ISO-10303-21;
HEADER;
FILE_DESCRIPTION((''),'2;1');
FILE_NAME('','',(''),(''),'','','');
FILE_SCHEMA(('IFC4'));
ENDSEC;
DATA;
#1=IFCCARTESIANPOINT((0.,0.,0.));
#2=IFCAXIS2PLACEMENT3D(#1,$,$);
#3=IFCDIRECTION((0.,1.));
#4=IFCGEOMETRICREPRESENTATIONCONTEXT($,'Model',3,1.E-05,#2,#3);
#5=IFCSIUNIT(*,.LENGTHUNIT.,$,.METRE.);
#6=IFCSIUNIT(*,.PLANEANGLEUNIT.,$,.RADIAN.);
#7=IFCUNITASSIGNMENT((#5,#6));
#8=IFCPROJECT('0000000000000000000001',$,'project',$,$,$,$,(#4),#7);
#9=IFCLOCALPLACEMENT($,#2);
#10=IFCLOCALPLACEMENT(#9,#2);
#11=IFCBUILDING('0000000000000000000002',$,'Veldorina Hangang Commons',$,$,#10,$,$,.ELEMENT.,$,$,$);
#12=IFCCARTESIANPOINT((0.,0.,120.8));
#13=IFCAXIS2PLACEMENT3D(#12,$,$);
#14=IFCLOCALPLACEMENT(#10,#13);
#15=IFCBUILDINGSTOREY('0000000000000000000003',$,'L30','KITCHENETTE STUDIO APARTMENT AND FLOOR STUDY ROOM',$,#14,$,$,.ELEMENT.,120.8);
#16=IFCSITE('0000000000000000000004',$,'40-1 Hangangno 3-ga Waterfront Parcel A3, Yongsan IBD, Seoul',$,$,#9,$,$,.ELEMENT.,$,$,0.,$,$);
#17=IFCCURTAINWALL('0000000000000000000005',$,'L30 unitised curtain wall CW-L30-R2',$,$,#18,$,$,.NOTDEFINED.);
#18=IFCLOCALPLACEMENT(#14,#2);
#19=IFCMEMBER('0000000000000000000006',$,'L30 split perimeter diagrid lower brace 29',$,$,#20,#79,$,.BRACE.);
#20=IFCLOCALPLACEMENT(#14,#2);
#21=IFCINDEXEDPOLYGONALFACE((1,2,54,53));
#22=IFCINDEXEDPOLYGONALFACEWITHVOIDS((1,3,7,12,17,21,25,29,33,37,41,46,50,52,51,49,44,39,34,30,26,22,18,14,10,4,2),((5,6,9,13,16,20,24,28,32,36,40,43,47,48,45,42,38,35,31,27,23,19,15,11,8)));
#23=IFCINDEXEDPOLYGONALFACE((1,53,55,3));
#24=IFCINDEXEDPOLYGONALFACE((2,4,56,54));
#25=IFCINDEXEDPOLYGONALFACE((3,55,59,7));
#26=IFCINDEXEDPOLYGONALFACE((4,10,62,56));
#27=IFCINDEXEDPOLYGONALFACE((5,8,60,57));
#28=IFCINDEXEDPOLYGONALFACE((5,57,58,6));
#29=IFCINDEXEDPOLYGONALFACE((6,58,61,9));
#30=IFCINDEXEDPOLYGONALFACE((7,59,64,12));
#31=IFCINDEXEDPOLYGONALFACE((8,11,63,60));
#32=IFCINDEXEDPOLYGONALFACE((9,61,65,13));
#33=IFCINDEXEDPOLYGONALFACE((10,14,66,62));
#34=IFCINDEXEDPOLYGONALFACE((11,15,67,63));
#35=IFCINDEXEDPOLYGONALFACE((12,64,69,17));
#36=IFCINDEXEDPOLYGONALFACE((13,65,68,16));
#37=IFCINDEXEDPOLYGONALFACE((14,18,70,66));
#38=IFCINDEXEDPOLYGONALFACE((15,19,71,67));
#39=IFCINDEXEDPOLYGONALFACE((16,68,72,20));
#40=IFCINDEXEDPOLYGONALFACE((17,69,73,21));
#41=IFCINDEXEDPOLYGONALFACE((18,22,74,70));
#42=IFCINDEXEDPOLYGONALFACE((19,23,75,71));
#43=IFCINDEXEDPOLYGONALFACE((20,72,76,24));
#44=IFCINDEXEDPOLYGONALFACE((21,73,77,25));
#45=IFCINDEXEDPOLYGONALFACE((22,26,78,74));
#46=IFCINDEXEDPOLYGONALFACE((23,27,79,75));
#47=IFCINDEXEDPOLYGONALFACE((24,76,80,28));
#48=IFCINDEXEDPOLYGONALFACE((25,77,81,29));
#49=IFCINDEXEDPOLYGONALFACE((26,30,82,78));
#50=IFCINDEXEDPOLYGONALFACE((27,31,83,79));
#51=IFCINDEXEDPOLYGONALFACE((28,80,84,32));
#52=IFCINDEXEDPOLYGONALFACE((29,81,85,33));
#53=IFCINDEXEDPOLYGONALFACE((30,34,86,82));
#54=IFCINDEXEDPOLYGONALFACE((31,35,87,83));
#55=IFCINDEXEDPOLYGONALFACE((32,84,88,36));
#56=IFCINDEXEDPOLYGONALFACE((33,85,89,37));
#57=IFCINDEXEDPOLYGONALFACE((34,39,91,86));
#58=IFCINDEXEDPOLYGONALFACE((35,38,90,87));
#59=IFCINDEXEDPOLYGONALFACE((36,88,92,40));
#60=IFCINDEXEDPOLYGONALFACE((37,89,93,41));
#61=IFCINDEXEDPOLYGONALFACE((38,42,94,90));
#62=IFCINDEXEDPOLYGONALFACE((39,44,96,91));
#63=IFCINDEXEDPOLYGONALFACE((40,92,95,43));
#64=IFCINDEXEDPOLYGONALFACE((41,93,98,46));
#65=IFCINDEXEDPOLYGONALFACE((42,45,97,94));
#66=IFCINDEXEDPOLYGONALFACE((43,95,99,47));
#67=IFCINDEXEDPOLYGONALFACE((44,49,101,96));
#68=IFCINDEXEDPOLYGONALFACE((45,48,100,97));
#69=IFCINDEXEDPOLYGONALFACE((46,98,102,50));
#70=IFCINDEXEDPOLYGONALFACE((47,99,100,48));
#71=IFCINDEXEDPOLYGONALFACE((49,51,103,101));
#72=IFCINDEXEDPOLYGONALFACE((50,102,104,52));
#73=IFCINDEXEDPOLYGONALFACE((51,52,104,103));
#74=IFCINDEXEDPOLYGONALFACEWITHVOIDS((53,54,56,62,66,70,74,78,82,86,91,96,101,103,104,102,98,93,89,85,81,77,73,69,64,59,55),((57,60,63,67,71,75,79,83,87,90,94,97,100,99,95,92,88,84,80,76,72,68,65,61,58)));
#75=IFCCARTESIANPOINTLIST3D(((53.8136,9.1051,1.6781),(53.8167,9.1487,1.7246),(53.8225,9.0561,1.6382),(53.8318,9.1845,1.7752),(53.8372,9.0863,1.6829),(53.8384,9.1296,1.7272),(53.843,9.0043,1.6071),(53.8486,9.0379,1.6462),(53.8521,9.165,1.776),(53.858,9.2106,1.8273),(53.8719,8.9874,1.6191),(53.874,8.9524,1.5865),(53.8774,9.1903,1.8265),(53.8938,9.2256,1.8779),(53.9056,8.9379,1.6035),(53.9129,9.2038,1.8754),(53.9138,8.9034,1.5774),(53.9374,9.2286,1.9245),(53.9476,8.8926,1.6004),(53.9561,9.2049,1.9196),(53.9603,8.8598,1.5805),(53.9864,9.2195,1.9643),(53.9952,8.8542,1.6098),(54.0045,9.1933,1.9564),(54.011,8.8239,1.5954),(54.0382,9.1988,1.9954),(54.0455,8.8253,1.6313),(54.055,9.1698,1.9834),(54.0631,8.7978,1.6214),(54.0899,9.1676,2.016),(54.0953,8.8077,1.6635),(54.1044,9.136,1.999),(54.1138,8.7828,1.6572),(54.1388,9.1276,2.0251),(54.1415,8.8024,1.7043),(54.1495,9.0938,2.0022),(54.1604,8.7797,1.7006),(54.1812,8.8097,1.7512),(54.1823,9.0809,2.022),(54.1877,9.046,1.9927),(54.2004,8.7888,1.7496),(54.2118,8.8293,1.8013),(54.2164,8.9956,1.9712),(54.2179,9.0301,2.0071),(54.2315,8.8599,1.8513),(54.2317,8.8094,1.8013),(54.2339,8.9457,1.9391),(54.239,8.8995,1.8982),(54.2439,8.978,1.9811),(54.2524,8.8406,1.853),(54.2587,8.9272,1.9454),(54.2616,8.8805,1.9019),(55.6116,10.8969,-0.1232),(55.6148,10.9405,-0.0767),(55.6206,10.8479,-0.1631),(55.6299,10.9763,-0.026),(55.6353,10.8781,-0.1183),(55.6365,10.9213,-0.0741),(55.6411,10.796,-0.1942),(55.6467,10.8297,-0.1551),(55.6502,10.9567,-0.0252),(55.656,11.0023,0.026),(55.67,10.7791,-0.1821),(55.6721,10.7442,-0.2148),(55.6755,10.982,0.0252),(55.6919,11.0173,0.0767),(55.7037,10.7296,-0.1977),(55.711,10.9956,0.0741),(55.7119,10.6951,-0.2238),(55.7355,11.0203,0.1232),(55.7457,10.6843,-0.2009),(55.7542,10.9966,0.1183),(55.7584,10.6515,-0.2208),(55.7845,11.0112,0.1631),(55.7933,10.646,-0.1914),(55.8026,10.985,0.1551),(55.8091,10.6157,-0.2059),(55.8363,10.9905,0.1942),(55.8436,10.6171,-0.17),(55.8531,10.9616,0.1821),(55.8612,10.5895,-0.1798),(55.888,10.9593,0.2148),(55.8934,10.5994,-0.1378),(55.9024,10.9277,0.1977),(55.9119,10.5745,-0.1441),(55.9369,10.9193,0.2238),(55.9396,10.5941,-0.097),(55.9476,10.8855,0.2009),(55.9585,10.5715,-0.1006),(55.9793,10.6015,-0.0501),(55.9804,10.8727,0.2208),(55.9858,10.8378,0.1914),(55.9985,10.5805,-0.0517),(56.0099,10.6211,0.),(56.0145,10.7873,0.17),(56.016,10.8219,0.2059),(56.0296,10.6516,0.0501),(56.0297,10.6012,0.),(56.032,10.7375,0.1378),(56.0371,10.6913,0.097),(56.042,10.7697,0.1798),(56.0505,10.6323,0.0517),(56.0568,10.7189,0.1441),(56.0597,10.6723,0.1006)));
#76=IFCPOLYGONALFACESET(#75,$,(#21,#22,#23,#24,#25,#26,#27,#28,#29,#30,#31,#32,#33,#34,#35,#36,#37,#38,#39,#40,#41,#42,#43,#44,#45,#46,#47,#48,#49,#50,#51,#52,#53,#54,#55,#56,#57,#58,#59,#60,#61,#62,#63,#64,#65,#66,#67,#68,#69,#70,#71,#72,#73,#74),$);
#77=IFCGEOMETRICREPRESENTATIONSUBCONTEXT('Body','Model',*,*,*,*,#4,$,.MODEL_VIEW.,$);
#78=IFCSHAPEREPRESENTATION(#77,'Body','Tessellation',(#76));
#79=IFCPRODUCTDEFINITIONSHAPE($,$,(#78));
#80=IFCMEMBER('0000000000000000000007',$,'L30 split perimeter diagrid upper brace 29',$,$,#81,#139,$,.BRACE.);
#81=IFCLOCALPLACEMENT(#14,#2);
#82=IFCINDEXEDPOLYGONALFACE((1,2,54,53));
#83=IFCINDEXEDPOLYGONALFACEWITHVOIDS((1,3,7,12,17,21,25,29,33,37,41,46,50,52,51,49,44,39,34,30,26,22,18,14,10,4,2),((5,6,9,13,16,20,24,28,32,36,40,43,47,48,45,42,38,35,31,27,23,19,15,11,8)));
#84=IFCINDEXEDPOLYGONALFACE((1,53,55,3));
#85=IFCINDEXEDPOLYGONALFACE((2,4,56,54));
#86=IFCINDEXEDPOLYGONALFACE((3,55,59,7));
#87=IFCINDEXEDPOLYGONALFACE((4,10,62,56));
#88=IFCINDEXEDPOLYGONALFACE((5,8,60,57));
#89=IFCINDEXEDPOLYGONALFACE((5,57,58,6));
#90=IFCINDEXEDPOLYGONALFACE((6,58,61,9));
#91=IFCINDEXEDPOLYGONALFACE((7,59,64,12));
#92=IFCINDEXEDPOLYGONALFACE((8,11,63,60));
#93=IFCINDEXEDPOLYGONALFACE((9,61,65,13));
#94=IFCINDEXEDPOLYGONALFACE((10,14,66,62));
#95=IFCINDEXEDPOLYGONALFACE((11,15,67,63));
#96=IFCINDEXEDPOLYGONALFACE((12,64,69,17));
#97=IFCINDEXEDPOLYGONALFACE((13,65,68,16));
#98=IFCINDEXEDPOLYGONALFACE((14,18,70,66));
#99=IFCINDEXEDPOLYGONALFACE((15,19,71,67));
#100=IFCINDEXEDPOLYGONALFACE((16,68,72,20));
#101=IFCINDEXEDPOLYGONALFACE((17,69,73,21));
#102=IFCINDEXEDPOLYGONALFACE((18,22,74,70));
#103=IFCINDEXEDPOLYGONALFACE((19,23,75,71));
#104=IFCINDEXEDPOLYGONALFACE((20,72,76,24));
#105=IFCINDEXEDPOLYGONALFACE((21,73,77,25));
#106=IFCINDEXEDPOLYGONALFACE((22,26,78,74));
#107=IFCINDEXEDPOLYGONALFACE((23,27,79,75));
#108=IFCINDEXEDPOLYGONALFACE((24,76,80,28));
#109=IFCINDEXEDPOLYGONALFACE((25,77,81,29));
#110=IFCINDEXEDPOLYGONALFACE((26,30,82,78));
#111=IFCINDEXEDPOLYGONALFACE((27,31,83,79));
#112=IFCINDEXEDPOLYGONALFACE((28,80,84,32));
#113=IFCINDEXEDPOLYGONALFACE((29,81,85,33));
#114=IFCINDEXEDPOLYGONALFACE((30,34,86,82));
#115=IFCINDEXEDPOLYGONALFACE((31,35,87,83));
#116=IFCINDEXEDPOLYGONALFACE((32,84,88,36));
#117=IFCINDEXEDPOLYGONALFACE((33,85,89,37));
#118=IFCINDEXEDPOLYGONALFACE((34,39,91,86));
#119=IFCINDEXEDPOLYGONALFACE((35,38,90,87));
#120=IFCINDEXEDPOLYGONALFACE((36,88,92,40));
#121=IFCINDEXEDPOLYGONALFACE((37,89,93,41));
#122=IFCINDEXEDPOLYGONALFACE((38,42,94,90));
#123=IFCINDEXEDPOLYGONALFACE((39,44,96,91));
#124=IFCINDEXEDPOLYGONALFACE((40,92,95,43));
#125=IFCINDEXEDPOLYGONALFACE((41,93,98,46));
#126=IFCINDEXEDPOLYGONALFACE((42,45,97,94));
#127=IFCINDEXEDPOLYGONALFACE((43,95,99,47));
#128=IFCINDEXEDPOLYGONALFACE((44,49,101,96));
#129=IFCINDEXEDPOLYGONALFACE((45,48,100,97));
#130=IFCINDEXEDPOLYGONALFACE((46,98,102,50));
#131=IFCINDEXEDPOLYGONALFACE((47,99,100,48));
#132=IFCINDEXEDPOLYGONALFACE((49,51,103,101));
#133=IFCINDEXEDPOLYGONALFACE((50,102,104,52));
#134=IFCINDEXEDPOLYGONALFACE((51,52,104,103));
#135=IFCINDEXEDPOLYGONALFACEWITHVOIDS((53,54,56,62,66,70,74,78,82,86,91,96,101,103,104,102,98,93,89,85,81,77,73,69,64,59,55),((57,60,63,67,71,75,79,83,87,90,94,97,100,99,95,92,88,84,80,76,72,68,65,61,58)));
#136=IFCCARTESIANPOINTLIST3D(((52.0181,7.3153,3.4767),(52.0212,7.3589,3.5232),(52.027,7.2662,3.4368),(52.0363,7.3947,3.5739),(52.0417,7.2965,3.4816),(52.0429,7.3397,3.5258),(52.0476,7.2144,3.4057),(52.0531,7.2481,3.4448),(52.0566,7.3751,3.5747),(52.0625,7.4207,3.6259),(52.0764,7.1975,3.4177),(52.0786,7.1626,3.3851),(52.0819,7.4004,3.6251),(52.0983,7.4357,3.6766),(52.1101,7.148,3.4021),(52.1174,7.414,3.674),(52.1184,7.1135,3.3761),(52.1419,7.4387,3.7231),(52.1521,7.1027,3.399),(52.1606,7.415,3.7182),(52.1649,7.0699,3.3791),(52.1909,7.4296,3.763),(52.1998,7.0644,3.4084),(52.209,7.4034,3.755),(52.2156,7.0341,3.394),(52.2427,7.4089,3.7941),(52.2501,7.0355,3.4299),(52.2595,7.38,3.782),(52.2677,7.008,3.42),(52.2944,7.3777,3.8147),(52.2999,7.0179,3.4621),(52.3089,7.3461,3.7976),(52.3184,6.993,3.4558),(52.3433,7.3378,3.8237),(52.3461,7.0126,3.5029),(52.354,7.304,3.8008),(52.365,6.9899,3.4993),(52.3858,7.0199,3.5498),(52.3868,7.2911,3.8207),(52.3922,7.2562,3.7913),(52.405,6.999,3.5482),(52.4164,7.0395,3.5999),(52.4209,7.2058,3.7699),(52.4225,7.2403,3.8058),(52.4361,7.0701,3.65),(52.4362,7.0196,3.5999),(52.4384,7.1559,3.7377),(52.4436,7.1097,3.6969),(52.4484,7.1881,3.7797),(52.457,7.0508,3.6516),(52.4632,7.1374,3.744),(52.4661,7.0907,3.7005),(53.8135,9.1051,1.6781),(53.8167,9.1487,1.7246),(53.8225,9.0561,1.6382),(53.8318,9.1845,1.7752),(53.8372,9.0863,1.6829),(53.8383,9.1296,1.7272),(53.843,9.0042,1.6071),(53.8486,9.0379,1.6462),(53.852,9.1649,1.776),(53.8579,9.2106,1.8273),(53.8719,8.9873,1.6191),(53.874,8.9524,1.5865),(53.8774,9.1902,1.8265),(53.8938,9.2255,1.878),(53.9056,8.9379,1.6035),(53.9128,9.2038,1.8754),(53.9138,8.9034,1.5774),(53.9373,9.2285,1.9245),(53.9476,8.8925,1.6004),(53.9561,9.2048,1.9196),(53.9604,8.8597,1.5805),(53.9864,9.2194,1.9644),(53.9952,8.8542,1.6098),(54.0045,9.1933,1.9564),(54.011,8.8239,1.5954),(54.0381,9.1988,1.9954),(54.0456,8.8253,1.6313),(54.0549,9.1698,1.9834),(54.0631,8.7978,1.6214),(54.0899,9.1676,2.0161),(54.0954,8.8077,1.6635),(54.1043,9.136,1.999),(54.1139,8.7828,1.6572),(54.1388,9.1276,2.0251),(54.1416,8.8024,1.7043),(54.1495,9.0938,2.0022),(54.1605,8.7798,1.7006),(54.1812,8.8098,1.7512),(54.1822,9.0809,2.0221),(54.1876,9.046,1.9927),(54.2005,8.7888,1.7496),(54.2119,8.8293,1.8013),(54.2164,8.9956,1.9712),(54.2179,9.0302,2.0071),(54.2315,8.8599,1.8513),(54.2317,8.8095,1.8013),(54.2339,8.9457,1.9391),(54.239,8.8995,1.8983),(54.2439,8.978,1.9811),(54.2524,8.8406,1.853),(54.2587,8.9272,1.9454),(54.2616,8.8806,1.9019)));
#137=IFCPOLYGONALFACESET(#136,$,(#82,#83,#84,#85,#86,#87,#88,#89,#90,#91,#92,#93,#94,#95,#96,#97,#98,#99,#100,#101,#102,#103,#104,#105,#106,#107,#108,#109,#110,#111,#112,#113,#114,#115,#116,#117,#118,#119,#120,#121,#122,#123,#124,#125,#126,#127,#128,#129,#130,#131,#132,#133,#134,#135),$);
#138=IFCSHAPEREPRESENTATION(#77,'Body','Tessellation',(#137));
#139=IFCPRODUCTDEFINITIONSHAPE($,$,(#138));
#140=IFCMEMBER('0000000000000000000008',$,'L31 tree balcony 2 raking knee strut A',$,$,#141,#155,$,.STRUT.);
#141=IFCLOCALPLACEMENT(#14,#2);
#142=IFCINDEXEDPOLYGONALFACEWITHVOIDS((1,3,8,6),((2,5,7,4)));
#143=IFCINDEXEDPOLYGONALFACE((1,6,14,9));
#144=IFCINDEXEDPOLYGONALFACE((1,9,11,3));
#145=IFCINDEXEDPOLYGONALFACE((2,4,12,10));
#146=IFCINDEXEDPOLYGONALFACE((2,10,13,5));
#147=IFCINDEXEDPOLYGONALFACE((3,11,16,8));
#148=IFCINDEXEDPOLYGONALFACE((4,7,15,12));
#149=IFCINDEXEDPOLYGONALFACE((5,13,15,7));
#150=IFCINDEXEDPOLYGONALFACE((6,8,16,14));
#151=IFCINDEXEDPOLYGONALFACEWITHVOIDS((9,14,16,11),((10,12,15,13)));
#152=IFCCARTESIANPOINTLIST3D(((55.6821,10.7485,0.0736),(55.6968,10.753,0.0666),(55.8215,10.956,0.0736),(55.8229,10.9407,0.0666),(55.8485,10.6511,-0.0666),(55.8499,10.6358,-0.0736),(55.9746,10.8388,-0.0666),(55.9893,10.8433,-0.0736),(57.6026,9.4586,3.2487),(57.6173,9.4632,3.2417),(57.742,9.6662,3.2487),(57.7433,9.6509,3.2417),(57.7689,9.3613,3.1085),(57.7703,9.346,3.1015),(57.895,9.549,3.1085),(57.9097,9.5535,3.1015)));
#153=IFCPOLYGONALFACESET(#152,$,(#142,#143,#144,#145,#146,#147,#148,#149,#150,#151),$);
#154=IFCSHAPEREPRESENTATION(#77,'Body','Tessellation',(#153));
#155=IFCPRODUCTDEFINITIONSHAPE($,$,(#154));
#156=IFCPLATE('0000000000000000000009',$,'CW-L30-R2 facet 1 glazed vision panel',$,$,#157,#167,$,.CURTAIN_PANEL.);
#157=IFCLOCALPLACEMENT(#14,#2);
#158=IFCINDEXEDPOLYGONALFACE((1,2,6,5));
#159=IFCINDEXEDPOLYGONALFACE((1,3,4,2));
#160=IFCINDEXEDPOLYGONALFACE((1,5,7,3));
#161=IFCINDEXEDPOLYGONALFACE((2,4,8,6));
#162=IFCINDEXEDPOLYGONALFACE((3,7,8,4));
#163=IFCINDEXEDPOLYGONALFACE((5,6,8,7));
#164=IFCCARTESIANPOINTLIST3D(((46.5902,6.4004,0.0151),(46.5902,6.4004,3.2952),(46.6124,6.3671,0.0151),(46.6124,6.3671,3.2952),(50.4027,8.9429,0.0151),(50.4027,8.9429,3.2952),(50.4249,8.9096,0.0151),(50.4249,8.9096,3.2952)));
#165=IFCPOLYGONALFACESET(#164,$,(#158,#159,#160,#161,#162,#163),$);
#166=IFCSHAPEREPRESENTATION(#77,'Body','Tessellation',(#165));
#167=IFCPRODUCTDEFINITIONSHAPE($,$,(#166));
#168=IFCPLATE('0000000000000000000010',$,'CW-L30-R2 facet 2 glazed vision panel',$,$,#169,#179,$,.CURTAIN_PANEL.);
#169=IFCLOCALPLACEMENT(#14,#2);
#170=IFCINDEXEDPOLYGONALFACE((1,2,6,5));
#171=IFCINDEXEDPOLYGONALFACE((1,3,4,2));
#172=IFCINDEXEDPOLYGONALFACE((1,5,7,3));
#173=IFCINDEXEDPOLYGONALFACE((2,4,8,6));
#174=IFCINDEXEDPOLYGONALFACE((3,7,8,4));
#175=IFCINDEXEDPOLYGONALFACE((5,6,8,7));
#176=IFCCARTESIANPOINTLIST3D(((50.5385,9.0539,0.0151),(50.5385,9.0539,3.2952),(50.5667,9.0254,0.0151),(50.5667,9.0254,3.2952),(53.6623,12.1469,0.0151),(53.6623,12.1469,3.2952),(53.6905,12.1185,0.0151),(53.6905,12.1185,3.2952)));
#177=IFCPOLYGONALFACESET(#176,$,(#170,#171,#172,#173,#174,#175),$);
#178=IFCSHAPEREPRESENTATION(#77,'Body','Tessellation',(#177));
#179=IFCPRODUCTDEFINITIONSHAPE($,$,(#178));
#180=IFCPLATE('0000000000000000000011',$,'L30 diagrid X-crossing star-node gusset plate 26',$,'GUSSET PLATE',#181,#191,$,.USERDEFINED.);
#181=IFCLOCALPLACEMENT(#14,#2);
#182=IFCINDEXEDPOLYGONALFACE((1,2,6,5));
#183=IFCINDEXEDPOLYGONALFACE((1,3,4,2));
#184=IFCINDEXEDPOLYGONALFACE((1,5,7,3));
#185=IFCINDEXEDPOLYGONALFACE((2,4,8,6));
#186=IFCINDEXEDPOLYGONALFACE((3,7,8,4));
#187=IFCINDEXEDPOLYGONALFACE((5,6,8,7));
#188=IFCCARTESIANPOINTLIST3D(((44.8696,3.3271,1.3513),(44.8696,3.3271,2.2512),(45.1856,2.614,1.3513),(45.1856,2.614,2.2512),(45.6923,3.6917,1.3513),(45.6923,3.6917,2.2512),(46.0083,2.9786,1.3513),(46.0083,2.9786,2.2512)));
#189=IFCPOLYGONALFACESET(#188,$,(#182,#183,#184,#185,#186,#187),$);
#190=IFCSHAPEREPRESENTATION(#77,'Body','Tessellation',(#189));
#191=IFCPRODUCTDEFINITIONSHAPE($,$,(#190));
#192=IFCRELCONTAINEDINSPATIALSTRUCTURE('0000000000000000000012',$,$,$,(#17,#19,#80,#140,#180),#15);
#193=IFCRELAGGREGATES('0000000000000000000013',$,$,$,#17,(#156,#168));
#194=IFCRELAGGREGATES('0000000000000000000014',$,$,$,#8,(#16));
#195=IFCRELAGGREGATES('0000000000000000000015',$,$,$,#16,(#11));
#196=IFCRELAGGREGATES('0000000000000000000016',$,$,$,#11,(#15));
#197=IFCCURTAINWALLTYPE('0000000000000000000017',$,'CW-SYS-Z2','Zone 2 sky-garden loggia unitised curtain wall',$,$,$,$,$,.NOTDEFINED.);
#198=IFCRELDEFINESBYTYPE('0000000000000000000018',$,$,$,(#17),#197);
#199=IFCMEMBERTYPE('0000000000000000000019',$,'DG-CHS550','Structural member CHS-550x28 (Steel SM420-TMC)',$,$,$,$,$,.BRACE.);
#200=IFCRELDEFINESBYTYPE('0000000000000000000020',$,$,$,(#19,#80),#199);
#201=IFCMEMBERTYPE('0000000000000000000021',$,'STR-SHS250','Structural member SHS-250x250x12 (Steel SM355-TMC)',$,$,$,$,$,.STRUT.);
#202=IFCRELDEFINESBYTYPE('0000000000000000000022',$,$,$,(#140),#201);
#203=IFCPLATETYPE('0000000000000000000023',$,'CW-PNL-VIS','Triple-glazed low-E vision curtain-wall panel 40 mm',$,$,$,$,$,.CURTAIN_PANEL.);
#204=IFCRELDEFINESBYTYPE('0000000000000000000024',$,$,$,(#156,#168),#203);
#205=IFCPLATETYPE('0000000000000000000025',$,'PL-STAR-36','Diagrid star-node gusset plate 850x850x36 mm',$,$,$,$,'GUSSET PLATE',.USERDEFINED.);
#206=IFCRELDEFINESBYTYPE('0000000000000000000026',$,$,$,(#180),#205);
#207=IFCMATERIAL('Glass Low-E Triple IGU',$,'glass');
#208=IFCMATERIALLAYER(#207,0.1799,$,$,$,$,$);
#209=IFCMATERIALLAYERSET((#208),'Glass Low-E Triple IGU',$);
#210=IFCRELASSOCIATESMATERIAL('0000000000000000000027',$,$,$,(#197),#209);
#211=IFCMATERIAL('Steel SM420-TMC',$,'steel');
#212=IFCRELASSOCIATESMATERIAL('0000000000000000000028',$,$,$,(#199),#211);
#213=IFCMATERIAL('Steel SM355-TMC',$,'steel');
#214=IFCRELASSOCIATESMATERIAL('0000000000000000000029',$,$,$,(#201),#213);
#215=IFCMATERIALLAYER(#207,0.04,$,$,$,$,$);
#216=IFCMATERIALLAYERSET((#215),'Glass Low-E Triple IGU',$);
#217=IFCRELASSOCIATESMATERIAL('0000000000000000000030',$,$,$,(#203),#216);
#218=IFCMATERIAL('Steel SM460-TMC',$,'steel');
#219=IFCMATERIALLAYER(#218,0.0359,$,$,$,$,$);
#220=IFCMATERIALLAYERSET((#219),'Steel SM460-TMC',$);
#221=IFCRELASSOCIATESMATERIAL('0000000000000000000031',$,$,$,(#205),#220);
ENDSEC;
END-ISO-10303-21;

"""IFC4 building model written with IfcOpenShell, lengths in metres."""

from ifc_helpers import new_model, si_unit, direction, frame, origin, origin_2d, place, context, subcontext, project, spatial, rectangle, hollow_rectangle, hollow_circle, extrude, material, layer, layer_set, material_profile, profile_set, type_object, element, aggregate, save


model = new_model("IFC4")

# Units and contexts
model_context = context("Model", 3, precision=1e-05, world=origin(), true_north=direction((0.0, 1.0)))
body_context = subcontext(model_context, "Body", "Model", "MODEL_VIEW")
ifc_project = project(units=[si_unit("LENGTHUNIT", "METRE"), si_unit("PLANEANGLEUNIT", "RADIAN")], contexts=[model_context])

# Site, building, storey
site_placement = place(None, origin())
site = spatial("IfcSite", under=ifc_project, at=site_placement, Name="40-1 Hangangno 3-ga Waterfront Parcel A3, Yongsan IBD, Seoul", CompositionType="ELEMENT", RefElevation=0.0)
building_placement = place(site_placement, origin())
building = spatial("IfcBuilding", under=site, at=building_placement, Name="Veldorina Hangang Commons", CompositionType="ELEMENT")
storey_placement = place(building_placement, frame((0.0, 0.0, 120.8)))
storey = spatial("IfcBuildingStorey", under=building, at=storey_placement, Name="L30", Description="KITCHENETTE STUDIO APARTMENT AND FLOOR STUDY ROOM", CompositionType="ELEMENT", Elevation=120.8)

# Shared definitions
ifc_material_1 = material(Name="Steel SM355-TMC", Category="steel")
ifc_material_2 = material(Name="Steel SM420-TMC", Category="steel")

# Curtain wall
ifc_material_3 = material(Name="Glass Low-E Triple IGU", Category="glass")
ifc_layer_1 = layer(ifc_material_3, 0.1799)
ifc_layer_set_1 = layer_set([ifc_layer_1], Name="Glass Low-E Triple IGU")
curtain_wall_type = type_object("IfcCurtainWallType", Name="CW-SYS-Z2", Description="Zone 2 sky-garden loggia unitised curtain wall", PredefinedType="NOTDEFINED", material=ifc_layer_set_1)
curtain_wall_placement = place(storey_placement, origin())
curtain_wall = element("IfcCurtainWall", 1, at=curtain_wall_placement, inside=storey, type_object=curtain_wall_type, Name="L30 unitised curtain wall CW-L30-R2", PredefinedType="NOTDEFINED")

# Members
ifc_material_profile_1 = material_profile(ifc_material_2, hollow_circle(Radius=0.2749, WallThickness=0.0281, at=origin_2d()), Name="CHS-550x28")
ifc_profile_set_1 = profile_set([ifc_material_profile_1], Name="Steel SM420-TMC")
member_type_1 = type_object("IfcMemberType", Name="DG-CHS550", Description="Structural member CHS-550x28 (Steel SM420-TMC)", PredefinedType="BRACE", material=ifc_profile_set_1)
member_1_placement = place(storey_placement, frame((55.8357, 10.7959, 0.0), z_axis=(-0.577689, -0.575649, 0.578708), x_axis=(0.705855, -0.708356, 0.0)))
element("IfcMember", 2, at=member_1_placement, inside=storey, type_object=member_type_1, Name="L30 split perimeter diagrid lower brace 29", PredefinedType="BRACE", context=body_context, shape_type="SweptSolid", body=[
    extrude(hollow_circle(Radius=0.2749, WallThickness=0.0281, at=origin_2d()), origin(), (0.0, 0.0, 1.0), 3.1125),
])
member_2_placement = place(storey_placement, frame((54.0376, 9.0042, 1.8013), z_axis=(-0.577611, -0.575804, 0.578632), x_axis=(0.705998, -0.708213, 0.0)))
element("IfcMember", 3, at=member_2_placement, inside=storey, type_object=member_type_1, Name="L30 split perimeter diagrid upper brace 29", PredefinedType="BRACE", context=body_context, shape_type="SweptSolid", body=[
    extrude(hollow_circle(Radius=0.2749, WallThickness=0.0281, at=origin_2d()), origin(), (0.0, 0.0, 1.0), 3.1084),
])
ifc_material_profile_2 = material_profile(ifc_material_1, hollow_rectangle(XDim=0.25, YDim=0.25, WallThickness=0.012, at=origin_2d()), Name="SHS-250x250x12")
ifc_profile_set_2 = profile_set([ifc_material_profile_2], Name="Steel SM355-TMC")
member_type_2 = type_object("IfcMemberType", Name="STR-SHS250", Description="Structural member SHS-250x250x12 (Steel SM355-TMC)", PredefinedType="STRUT", material=ifc_profile_set_2)
member_3_placement = place(storey_placement, frame((55.8357, 10.7959, 0.0), z_axis=(0.488851, -0.328324, 0.808225), x_axis=(0.557546, 0.830146, 0.0)))
element("IfcMember", 4, at=member_3_placement, inside=storey, type_object=member_type_2, Name="L31 tree balcony 2 raking knee strut A", PredefinedType="STRUT", context=body_context, shape_type="SweptSolid", body=[
    extrude(hollow_rectangle(XDim=0.25, YDim=0.25, WallThickness=0.012, at=origin_2d()), origin(), (0.0, 0.0, 1.0), 3.9285),
])

# Plates
ifc_layer_2 = layer(ifc_material_3, 0.04)
ifc_layer_set_2 = layer_set([ifc_layer_2], Name="Glass Low-E Triple IGU")
plate_type_1 = type_object("IfcPlateType", Name="CW-PNL-VIS", Description="Triple-glazed low-E vision curtain-wall panel 40 mm", PredefinedType="CURTAIN_PANEL", material=ifc_layer_set_2)
plate_1_placement = place(storey_placement, frame((48.5076, 7.655, 0.0151), z_axis=(0.0, 0.0, 1.0), x_axis=(0.831964, 0.55483, 0.0)))
plate_1 = element("IfcPlate", 5, at=plate_1_placement, type_object=plate_type_1, Name="CW-L30-R2 facet 1 glazed vision panel", PredefinedType="CURTAIN_PANEL", context=body_context, shape_type="SweptSolid", body=[
    extrude(rectangle(XDim=4.5825, YDim=0.04, at=origin_2d()), origin(), (0.0, 0.0, 1.0), 3.28),
])
plate_2_placement = place(storey_placement, frame((52.1145, 10.5862, 0.0151), z_axis=(0.0, 0.0, 1.0), x_axis=(0.710591, 0.703606, 0.0)))
plate_2 = element("IfcPlate", 6, at=plate_2_placement, type_object=plate_type_1, Name="CW-L30-R2 facet 2 glazed vision panel", PredefinedType="CURTAIN_PANEL", context=body_context, shape_type="SweptSolid", body=[
    extrude(rectangle(XDim=4.396, YDim=0.04, at=origin_2d()), origin(), (0.0, 0.0, 1.0), 3.28),
])
aggregate(curtain_wall, [plate_1, plate_2])

# Plate
ifc_material_4 = material(Name="Steel SM460-TMC", Category="steel")
ifc_layer_3 = layer(ifc_material_4, 0.0359)
ifc_layer_set_3 = layer_set([ifc_layer_3], Name="Steel SM460-TMC")
plate_type_2 = type_object("IfcPlateType", Name="PL-STAR-36", Description="Diagrid star-node gusset plate 850x850x36 mm", ElementType="GUSSET PLATE", PredefinedType="USERDEFINED", material=ifc_layer_set_3)
plate_3_placement = place(storey_placement, frame((45.439, 3.1528, 1.3513), z_axis=(0.0, 0.0, 1.0), x_axis=(0.914247, 0.405158, 0.0)))
element("IfcPlate", 7, at=plate_3_placement, inside=storey, type_object=plate_type_2, Name="L30 diagrid X-crossing star-node gusset plate 26", ObjectType="GUSSET PLATE", PredefinedType="USERDEFINED", context=body_context, shape_type="SweptSolid", body=[
    extrude(rectangle(XDim=0.8999, YDim=0.78, at=origin_2d()), origin(), (0.0, 0.0, 1.0), 0.8999),
])

save(model, "model.ifc")
